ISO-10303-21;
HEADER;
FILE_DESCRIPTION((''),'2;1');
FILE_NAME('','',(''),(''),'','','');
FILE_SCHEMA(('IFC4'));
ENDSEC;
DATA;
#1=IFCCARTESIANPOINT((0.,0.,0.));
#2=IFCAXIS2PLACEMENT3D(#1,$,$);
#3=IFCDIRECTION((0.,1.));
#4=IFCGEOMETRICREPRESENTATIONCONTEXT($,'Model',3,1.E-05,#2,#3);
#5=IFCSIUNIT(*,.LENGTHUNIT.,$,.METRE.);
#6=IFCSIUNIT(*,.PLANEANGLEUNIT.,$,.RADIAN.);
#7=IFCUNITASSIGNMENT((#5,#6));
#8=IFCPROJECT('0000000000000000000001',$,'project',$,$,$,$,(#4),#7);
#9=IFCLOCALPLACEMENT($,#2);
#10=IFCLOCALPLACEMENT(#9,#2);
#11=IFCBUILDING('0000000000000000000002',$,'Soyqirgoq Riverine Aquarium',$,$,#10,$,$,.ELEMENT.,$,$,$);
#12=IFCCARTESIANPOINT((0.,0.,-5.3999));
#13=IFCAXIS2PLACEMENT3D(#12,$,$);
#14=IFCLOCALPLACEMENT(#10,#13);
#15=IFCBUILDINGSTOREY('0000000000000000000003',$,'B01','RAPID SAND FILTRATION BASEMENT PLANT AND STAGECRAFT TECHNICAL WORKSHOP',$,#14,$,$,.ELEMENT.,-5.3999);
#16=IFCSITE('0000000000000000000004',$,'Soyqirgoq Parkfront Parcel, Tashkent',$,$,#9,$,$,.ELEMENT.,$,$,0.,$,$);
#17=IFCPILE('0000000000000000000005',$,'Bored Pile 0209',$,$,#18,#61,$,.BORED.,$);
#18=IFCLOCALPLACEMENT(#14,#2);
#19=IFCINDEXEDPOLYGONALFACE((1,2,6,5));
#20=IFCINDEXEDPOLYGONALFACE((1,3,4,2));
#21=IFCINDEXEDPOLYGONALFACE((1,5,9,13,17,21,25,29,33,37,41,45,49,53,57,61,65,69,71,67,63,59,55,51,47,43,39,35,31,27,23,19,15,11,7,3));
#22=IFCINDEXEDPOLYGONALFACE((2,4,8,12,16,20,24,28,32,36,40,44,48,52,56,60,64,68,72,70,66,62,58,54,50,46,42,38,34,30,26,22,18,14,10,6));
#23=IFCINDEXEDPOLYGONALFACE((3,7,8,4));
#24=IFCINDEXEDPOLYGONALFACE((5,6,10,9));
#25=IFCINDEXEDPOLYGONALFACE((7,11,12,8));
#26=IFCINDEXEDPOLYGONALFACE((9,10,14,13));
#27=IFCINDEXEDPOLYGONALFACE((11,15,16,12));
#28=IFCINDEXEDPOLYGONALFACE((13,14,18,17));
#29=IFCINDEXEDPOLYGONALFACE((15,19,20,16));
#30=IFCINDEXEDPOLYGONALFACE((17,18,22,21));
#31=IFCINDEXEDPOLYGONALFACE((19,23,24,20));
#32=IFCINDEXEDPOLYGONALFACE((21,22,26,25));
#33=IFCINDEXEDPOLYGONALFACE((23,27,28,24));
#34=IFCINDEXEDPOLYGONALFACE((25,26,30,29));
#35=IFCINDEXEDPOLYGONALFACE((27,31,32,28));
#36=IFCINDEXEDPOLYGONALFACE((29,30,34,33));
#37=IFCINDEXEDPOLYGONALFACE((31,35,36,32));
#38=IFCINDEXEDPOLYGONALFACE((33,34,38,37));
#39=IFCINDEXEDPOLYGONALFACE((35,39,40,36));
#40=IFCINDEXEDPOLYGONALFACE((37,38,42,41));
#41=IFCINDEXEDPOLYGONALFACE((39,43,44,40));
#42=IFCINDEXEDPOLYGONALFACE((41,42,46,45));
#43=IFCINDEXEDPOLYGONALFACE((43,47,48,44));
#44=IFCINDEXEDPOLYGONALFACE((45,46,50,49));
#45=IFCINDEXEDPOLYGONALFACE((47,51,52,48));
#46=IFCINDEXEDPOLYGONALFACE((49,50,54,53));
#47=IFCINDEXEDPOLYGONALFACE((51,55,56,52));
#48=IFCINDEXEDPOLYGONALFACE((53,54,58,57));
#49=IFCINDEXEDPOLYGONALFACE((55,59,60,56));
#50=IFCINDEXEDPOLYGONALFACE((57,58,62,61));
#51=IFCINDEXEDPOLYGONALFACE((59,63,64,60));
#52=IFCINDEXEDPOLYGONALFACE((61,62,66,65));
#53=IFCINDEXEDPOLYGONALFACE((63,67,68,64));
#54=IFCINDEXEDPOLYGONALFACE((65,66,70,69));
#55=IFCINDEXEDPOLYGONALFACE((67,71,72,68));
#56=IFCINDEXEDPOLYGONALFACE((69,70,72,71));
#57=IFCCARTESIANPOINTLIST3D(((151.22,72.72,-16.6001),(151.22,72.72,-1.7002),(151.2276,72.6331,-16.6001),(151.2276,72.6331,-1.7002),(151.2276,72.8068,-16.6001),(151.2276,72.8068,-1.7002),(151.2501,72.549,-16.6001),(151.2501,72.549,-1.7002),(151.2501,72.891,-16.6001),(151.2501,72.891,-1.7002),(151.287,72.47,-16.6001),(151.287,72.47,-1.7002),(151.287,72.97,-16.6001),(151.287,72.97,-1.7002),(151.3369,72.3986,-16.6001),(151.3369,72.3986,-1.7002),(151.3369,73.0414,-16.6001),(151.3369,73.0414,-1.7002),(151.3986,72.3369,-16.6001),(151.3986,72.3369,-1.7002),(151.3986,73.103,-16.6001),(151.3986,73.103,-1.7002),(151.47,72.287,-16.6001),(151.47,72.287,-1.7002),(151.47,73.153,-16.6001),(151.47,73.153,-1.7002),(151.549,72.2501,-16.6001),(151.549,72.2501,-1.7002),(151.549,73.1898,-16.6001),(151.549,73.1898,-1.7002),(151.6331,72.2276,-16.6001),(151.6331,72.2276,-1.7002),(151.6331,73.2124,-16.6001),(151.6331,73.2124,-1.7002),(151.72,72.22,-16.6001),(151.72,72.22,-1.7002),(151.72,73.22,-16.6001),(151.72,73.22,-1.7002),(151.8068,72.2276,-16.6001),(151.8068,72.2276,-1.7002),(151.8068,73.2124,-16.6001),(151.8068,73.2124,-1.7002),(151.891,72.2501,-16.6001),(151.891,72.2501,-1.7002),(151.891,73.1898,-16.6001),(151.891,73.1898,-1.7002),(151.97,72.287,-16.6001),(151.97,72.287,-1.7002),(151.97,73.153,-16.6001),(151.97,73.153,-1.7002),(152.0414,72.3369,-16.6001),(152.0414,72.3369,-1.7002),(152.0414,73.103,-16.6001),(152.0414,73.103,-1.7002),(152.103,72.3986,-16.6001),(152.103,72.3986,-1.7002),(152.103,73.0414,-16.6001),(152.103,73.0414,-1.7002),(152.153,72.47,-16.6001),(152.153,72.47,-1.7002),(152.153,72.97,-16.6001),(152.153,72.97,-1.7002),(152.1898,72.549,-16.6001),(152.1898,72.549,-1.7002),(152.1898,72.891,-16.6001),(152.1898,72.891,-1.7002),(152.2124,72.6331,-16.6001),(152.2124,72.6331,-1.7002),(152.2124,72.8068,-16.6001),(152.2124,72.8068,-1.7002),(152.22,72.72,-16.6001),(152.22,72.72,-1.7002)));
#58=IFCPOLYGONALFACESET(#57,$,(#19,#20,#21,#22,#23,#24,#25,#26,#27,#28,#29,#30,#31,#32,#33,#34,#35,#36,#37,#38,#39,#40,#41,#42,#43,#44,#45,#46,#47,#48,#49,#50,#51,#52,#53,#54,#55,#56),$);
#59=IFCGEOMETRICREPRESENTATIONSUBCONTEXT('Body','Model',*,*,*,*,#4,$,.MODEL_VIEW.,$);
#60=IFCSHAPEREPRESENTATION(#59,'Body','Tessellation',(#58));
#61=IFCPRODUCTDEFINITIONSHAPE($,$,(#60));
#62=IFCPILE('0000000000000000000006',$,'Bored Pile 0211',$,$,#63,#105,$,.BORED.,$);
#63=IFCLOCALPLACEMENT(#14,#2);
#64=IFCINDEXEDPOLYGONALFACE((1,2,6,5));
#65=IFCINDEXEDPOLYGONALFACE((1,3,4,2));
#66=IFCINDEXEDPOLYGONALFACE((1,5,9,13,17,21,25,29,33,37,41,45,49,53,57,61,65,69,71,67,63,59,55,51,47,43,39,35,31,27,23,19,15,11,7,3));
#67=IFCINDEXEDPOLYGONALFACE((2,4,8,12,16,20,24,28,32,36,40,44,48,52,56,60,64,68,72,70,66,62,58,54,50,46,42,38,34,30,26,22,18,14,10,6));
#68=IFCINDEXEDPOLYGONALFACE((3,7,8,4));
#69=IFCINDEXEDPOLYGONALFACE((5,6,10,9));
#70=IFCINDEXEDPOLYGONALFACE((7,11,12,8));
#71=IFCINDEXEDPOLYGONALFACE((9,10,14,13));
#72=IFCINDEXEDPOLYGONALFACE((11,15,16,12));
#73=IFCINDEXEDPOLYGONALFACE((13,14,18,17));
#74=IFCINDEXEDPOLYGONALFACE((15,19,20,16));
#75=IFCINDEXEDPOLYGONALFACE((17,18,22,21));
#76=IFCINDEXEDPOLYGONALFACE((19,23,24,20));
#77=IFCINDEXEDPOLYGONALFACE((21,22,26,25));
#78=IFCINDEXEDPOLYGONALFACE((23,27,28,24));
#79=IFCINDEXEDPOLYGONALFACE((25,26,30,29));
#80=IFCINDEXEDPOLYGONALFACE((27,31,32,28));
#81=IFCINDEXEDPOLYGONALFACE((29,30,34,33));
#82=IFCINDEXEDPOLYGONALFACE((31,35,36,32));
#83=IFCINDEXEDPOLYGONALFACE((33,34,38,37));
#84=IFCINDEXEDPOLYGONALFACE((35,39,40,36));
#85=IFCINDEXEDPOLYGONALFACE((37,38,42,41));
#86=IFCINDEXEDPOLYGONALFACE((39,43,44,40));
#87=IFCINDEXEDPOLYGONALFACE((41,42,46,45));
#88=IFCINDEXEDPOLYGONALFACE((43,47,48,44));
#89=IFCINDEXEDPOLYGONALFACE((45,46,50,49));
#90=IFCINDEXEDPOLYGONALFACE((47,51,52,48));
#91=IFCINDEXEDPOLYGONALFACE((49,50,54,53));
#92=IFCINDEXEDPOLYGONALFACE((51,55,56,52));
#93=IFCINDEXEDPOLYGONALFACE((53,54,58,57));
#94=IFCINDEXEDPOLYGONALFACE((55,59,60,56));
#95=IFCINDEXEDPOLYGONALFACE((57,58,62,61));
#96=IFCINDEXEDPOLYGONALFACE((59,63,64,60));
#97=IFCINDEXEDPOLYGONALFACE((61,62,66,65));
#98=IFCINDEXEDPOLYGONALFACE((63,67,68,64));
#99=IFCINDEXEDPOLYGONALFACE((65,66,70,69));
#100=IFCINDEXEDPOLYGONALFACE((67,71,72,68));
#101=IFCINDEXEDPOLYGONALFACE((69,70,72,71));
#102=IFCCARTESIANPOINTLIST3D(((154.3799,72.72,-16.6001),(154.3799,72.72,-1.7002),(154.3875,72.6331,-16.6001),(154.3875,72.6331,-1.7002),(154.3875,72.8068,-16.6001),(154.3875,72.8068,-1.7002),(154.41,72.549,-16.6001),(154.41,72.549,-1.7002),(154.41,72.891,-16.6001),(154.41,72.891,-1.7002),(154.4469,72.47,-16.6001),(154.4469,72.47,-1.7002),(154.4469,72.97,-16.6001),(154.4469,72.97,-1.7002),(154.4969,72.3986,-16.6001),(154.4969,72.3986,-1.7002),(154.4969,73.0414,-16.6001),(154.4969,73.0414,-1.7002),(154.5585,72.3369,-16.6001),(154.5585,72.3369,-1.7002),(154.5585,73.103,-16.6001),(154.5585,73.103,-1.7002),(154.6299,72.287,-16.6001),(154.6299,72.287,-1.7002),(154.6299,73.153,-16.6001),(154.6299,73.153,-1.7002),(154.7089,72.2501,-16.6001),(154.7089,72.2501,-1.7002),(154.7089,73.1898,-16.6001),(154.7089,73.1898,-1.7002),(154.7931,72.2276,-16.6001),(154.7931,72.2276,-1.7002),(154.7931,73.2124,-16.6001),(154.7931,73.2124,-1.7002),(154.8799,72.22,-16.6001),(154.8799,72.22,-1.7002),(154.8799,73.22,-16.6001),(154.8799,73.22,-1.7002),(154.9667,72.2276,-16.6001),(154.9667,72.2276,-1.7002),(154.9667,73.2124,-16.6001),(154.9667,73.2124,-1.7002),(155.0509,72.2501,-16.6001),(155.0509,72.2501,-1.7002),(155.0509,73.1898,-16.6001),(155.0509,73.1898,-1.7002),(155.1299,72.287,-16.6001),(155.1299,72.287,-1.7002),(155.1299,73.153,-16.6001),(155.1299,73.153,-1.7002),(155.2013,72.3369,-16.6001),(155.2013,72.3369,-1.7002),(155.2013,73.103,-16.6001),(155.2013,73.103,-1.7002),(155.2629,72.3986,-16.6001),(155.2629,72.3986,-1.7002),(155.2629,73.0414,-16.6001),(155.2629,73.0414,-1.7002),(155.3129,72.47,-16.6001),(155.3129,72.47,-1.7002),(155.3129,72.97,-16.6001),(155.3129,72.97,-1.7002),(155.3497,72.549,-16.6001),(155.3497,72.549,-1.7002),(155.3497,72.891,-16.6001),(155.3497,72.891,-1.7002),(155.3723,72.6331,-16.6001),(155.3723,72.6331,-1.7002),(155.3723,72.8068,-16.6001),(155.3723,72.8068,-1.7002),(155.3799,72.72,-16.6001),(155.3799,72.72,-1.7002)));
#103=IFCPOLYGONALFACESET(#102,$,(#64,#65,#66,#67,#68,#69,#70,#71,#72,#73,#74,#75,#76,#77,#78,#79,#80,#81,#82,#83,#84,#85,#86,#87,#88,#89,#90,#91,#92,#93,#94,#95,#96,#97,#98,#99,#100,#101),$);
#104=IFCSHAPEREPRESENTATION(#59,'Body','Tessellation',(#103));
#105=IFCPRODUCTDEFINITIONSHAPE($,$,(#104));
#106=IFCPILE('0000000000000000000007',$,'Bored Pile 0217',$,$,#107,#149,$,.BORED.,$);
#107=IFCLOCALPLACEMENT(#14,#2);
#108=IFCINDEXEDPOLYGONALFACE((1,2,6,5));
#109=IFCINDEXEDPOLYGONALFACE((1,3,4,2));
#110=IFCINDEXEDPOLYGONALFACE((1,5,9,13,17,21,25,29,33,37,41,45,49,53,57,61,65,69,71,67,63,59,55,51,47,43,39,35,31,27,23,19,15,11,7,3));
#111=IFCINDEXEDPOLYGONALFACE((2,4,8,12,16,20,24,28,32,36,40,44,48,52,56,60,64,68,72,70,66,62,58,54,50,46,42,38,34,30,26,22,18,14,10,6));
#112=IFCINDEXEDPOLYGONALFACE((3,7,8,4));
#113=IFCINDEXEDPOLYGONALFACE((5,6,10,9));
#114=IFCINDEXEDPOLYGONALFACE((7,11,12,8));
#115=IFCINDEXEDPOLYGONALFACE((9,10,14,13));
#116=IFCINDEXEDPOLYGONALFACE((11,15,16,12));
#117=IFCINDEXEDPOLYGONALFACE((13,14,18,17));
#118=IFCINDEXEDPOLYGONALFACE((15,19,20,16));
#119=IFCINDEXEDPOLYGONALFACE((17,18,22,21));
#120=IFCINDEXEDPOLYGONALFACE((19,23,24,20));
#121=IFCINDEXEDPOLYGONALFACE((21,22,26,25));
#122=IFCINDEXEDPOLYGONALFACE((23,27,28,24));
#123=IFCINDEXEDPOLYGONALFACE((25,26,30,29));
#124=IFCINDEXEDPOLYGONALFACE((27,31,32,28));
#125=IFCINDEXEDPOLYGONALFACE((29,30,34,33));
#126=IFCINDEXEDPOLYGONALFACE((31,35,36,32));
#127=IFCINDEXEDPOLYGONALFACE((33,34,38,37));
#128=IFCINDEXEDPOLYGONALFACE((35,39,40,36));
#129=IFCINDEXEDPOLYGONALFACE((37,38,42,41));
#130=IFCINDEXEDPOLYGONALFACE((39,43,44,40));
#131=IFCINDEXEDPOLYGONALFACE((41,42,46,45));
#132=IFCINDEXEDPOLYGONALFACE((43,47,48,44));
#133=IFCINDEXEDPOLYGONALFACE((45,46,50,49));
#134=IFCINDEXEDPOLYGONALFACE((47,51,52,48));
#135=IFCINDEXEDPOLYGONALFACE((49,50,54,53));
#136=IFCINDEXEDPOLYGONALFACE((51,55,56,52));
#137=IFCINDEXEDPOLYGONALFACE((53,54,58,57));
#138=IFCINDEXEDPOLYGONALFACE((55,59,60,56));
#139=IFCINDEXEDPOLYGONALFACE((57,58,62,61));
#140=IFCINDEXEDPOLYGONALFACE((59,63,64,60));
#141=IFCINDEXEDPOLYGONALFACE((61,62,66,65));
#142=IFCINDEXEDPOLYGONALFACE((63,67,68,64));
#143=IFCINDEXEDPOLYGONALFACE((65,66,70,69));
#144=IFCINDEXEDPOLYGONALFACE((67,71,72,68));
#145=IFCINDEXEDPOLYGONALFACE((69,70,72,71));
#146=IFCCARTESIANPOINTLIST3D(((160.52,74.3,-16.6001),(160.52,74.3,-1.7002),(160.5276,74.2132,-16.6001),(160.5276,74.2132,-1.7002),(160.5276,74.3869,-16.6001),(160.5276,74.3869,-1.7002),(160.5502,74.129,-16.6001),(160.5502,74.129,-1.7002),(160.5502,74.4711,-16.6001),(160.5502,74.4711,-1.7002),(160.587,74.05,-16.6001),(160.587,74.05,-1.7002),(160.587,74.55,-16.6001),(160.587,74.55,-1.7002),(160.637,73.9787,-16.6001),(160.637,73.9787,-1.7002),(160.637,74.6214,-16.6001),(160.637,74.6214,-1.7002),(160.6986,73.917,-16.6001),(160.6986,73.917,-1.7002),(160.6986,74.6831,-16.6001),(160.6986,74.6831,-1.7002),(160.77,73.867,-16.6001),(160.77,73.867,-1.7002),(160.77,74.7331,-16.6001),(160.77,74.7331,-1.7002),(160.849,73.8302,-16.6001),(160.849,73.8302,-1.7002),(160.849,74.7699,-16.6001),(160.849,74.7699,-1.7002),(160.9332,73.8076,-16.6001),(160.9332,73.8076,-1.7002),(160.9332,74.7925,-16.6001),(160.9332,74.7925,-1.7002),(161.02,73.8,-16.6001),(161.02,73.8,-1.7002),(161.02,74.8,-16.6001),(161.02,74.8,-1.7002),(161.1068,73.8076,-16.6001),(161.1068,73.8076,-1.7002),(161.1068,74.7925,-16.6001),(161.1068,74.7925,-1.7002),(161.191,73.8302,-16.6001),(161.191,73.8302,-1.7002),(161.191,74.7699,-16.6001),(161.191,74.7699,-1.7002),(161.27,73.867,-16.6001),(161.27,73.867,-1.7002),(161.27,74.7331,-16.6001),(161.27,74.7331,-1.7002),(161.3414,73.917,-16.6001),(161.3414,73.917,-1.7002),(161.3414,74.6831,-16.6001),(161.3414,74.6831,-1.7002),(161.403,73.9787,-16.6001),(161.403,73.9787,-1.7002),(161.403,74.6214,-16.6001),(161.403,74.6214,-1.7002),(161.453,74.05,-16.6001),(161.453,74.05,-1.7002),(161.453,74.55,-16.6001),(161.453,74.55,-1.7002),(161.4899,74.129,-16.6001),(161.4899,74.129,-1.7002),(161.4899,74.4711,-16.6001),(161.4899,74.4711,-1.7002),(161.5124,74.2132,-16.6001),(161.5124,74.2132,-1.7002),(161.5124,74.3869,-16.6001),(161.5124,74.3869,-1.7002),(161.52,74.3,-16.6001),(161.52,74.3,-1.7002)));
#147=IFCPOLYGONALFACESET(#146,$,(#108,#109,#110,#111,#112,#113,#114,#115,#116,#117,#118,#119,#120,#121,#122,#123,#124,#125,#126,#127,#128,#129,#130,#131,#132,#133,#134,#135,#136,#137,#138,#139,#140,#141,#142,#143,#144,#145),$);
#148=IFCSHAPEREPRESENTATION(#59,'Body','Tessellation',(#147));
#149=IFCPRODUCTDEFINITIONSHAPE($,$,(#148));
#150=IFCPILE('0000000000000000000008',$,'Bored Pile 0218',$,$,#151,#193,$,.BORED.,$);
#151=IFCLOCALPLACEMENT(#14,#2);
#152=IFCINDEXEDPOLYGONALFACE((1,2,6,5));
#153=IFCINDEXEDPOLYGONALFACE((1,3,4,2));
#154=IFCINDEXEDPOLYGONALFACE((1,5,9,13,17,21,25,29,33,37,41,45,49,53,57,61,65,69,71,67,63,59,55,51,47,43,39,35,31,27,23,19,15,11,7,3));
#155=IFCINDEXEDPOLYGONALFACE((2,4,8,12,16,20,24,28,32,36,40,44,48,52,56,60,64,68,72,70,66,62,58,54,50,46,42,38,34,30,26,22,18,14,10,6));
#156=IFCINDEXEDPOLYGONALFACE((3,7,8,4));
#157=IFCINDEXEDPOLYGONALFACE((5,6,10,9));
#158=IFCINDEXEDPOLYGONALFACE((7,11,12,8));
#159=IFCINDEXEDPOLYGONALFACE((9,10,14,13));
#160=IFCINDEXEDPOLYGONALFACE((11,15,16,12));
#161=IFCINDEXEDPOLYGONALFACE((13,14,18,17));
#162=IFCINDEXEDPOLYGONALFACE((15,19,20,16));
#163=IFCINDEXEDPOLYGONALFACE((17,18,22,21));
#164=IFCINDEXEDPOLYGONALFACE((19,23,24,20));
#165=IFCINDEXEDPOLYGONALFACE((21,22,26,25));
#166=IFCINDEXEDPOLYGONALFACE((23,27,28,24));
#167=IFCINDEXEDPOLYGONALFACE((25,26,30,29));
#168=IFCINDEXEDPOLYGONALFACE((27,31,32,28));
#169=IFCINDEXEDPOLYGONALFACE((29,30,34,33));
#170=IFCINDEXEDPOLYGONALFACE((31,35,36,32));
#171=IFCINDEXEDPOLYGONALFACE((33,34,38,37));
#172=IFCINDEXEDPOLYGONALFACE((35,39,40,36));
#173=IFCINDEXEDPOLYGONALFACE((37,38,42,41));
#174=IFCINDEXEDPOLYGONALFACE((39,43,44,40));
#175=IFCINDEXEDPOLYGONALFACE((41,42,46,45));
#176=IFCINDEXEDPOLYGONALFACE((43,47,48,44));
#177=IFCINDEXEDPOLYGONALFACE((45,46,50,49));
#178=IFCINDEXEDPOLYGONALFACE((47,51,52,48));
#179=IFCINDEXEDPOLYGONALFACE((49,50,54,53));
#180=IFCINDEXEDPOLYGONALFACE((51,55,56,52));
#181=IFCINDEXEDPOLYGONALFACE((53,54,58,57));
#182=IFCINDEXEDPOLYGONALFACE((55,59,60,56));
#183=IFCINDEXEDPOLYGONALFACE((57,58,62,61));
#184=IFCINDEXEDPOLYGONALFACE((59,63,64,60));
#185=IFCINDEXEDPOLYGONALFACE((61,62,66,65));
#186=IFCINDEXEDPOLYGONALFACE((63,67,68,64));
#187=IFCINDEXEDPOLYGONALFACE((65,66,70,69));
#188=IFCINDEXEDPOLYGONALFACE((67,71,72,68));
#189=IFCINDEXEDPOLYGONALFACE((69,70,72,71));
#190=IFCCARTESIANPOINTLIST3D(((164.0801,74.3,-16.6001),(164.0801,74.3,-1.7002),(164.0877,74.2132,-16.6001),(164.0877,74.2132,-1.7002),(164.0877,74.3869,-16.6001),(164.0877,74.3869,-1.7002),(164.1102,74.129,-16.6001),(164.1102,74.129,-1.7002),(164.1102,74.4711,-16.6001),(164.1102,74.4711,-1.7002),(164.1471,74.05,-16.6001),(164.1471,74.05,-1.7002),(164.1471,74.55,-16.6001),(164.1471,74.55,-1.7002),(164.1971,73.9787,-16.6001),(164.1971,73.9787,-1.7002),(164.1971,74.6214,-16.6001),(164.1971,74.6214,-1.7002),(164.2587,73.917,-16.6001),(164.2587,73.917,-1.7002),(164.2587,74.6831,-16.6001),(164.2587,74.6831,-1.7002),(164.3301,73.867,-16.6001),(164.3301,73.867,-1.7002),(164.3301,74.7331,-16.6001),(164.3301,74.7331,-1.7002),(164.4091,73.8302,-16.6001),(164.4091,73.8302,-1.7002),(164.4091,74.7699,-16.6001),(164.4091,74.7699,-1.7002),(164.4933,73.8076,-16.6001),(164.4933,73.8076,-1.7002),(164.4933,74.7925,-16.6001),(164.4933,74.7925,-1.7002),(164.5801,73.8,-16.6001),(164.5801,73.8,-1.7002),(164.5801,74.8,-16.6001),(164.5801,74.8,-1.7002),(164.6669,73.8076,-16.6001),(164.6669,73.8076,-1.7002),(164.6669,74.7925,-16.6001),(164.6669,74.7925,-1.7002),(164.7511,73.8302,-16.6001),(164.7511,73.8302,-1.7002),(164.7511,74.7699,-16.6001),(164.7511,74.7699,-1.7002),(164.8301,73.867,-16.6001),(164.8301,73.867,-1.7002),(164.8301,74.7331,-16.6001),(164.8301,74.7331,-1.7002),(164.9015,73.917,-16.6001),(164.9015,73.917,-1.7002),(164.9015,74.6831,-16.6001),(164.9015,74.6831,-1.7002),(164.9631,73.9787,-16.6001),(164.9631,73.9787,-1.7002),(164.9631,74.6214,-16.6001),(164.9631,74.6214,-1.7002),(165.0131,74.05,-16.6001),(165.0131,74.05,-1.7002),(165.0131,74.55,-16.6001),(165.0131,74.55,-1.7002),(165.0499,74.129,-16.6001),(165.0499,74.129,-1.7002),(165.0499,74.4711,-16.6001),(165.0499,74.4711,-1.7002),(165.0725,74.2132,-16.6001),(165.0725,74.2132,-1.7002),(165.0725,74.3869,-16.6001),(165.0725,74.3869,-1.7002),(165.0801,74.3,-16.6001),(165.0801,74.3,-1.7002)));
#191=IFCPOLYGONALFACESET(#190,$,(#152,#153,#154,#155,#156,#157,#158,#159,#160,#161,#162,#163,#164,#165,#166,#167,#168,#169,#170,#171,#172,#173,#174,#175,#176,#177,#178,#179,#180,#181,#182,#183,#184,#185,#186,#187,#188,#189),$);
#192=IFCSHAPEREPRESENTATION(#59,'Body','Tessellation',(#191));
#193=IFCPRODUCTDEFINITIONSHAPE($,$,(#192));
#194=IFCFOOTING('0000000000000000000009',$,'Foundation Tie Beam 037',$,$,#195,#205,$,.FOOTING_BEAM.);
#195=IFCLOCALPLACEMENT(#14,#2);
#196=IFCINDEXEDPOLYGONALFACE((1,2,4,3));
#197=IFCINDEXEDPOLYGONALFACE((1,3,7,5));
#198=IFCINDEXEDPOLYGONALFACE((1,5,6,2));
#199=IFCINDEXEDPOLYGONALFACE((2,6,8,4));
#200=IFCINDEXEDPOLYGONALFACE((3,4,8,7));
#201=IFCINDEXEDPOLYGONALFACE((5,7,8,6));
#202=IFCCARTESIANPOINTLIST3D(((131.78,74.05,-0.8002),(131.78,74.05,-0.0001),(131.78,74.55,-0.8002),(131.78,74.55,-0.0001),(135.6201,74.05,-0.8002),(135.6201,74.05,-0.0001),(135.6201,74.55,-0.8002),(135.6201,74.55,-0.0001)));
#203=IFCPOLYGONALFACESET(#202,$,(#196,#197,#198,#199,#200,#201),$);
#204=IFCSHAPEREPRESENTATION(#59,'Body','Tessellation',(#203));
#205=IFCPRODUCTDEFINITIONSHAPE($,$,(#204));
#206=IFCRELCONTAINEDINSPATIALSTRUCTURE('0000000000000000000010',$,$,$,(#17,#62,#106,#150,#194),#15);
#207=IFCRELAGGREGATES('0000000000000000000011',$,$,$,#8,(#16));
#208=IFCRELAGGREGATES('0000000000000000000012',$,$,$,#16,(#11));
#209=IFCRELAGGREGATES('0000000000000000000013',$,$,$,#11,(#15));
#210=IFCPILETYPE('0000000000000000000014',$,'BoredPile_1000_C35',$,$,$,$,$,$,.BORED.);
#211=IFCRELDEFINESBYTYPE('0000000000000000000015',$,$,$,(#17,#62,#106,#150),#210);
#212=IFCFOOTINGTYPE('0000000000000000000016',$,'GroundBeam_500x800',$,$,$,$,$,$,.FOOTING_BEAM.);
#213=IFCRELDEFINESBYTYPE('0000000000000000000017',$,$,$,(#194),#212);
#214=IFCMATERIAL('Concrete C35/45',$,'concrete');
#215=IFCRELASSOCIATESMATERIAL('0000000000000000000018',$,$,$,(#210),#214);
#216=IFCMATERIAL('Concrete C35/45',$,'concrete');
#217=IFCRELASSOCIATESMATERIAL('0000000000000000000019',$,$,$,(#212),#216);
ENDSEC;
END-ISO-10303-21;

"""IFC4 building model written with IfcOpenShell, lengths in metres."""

from ifc_helpers import new_model, si_unit, direction, frame, origin, origin_2d, place, context, subcontext, project, spatial, rectangle, circle, extrude, material, material_profile, profile_set, type_object, element, save


model = new_model("IFC4")

# Units and contexts
model_context = context("Model", 3, precision=1e-05, world=origin(), true_north=direction((0.0, 1.0)))
body_context = subcontext(model_context, "Body", "Model", "MODEL_VIEW")
ifc_project = project(units=[si_unit("LENGTHUNIT", "METRE"), si_unit("PLANEANGLEUNIT", "RADIAN")], contexts=[model_context])

# Site, building, storey
site_placement = place(None, origin())
site = spatial("IfcSite", under=ifc_project, at=site_placement, Name="Soyqirgoq Parkfront Parcel, Tashkent", CompositionType="ELEMENT", RefElevation=0.0)
building_placement = place(site_placement, origin())
building = spatial("IfcBuilding", under=site, at=building_placement, Name="Soyqirgoq Riverine Aquarium", CompositionType="ELEMENT")
storey_placement = place(building_placement, frame((0.0, 0.0, -5.3999)))
storey = spatial("IfcBuildingStorey", under=building, at=storey_placement, Name="B01", Description="RAPID SAND FILTRATION BASEMENT PLANT AND STAGECRAFT TECHNICAL WORKSHOP", CompositionType="ELEMENT", Elevation=-5.3999)

# Piles
ifc_material_1 = material(Name="Concrete C35/45", Category="concrete")
ifc_material_profile_1 = material_profile(ifc_material_1, circle(Radius=0.5, at=origin_2d()), Name="BP D1000")
ifc_profile_set_1 = profile_set([ifc_material_profile_1], Name="Concrete C35/45")
pile_type = type_object("IfcPileType", Name="BoredPile_1000_C35", PredefinedType="BORED", material=ifc_profile_set_1)
for number, where, z_axis, x_axis, name in (
    (1, (151.72, 72.72, -1.7002), (0.0, 0.0, -1.0), (1.0, 0.0, 0.0), "Bored Pile 0209"),
    (2, (154.8799, 72.72, -1.7002), (0.0, 0.0, -1.0), (1.0, 0.0, 0.0), "Bored Pile 0211"),
    (3, (161.02, 74.3, -1.7002), (0.0, 0.0, -1.0), (1.0, 0.0, 0.0), "Bored Pile 0217"),
    (4, (164.5801, 74.3, -1.7002), (0.0, 0.0, -1.0), (1.0, 0.0, 0.0), "Bored Pile 0218"),
):
    element("IfcPile", number, at=place(storey_placement, frame(where, z_axis=z_axis, x_axis=x_axis)), inside=storey, type_object=pile_type, Name=name, PredefinedType="BORED", context=body_context, shape_type="SweptSolid", body=[
        extrude(circle(Radius=0.5, at=origin_2d()), origin(), (0.0, 0.0, 1.0), 14.8999),
    ])

# Footing
ifc_material_2 = material(Name="Concrete C35/45", Category="concrete")
ifc_material_profile_2 = material_profile(ifc_material_2, rectangle(XDim=0.5, YDim=0.8, at=origin_2d()), Name="RC 500x800")
ifc_profile_set_2 = profile_set([ifc_material_profile_2], Name="Concrete C35/45")
footing_type_1 = type_object("IfcFootingType", Name="GroundBeam_500x800", PredefinedType="FOOTING_BEAM", material=ifc_profile_set_2)
footing_1_placement = place(storey_placement, frame((131.78, 74.3, -0.4001), z_axis=(1.0, 0.0, 0.0), x_axis=(0.0, 1.0, 0.0)))
element("IfcFooting", 5, at=footing_1_placement, inside=storey, type_object=footing_type_1, Name="Foundation Tie Beam 037", PredefinedType="FOOTING_BEAM", context=body_context, shape_type="SweptSolid", body=[
    extrude(rectangle(XDim=0.5, YDim=0.8, at=origin_2d()), origin(), (0.0, 0.0, 1.0), 3.8401),
])

save(model, "model.ifc")
